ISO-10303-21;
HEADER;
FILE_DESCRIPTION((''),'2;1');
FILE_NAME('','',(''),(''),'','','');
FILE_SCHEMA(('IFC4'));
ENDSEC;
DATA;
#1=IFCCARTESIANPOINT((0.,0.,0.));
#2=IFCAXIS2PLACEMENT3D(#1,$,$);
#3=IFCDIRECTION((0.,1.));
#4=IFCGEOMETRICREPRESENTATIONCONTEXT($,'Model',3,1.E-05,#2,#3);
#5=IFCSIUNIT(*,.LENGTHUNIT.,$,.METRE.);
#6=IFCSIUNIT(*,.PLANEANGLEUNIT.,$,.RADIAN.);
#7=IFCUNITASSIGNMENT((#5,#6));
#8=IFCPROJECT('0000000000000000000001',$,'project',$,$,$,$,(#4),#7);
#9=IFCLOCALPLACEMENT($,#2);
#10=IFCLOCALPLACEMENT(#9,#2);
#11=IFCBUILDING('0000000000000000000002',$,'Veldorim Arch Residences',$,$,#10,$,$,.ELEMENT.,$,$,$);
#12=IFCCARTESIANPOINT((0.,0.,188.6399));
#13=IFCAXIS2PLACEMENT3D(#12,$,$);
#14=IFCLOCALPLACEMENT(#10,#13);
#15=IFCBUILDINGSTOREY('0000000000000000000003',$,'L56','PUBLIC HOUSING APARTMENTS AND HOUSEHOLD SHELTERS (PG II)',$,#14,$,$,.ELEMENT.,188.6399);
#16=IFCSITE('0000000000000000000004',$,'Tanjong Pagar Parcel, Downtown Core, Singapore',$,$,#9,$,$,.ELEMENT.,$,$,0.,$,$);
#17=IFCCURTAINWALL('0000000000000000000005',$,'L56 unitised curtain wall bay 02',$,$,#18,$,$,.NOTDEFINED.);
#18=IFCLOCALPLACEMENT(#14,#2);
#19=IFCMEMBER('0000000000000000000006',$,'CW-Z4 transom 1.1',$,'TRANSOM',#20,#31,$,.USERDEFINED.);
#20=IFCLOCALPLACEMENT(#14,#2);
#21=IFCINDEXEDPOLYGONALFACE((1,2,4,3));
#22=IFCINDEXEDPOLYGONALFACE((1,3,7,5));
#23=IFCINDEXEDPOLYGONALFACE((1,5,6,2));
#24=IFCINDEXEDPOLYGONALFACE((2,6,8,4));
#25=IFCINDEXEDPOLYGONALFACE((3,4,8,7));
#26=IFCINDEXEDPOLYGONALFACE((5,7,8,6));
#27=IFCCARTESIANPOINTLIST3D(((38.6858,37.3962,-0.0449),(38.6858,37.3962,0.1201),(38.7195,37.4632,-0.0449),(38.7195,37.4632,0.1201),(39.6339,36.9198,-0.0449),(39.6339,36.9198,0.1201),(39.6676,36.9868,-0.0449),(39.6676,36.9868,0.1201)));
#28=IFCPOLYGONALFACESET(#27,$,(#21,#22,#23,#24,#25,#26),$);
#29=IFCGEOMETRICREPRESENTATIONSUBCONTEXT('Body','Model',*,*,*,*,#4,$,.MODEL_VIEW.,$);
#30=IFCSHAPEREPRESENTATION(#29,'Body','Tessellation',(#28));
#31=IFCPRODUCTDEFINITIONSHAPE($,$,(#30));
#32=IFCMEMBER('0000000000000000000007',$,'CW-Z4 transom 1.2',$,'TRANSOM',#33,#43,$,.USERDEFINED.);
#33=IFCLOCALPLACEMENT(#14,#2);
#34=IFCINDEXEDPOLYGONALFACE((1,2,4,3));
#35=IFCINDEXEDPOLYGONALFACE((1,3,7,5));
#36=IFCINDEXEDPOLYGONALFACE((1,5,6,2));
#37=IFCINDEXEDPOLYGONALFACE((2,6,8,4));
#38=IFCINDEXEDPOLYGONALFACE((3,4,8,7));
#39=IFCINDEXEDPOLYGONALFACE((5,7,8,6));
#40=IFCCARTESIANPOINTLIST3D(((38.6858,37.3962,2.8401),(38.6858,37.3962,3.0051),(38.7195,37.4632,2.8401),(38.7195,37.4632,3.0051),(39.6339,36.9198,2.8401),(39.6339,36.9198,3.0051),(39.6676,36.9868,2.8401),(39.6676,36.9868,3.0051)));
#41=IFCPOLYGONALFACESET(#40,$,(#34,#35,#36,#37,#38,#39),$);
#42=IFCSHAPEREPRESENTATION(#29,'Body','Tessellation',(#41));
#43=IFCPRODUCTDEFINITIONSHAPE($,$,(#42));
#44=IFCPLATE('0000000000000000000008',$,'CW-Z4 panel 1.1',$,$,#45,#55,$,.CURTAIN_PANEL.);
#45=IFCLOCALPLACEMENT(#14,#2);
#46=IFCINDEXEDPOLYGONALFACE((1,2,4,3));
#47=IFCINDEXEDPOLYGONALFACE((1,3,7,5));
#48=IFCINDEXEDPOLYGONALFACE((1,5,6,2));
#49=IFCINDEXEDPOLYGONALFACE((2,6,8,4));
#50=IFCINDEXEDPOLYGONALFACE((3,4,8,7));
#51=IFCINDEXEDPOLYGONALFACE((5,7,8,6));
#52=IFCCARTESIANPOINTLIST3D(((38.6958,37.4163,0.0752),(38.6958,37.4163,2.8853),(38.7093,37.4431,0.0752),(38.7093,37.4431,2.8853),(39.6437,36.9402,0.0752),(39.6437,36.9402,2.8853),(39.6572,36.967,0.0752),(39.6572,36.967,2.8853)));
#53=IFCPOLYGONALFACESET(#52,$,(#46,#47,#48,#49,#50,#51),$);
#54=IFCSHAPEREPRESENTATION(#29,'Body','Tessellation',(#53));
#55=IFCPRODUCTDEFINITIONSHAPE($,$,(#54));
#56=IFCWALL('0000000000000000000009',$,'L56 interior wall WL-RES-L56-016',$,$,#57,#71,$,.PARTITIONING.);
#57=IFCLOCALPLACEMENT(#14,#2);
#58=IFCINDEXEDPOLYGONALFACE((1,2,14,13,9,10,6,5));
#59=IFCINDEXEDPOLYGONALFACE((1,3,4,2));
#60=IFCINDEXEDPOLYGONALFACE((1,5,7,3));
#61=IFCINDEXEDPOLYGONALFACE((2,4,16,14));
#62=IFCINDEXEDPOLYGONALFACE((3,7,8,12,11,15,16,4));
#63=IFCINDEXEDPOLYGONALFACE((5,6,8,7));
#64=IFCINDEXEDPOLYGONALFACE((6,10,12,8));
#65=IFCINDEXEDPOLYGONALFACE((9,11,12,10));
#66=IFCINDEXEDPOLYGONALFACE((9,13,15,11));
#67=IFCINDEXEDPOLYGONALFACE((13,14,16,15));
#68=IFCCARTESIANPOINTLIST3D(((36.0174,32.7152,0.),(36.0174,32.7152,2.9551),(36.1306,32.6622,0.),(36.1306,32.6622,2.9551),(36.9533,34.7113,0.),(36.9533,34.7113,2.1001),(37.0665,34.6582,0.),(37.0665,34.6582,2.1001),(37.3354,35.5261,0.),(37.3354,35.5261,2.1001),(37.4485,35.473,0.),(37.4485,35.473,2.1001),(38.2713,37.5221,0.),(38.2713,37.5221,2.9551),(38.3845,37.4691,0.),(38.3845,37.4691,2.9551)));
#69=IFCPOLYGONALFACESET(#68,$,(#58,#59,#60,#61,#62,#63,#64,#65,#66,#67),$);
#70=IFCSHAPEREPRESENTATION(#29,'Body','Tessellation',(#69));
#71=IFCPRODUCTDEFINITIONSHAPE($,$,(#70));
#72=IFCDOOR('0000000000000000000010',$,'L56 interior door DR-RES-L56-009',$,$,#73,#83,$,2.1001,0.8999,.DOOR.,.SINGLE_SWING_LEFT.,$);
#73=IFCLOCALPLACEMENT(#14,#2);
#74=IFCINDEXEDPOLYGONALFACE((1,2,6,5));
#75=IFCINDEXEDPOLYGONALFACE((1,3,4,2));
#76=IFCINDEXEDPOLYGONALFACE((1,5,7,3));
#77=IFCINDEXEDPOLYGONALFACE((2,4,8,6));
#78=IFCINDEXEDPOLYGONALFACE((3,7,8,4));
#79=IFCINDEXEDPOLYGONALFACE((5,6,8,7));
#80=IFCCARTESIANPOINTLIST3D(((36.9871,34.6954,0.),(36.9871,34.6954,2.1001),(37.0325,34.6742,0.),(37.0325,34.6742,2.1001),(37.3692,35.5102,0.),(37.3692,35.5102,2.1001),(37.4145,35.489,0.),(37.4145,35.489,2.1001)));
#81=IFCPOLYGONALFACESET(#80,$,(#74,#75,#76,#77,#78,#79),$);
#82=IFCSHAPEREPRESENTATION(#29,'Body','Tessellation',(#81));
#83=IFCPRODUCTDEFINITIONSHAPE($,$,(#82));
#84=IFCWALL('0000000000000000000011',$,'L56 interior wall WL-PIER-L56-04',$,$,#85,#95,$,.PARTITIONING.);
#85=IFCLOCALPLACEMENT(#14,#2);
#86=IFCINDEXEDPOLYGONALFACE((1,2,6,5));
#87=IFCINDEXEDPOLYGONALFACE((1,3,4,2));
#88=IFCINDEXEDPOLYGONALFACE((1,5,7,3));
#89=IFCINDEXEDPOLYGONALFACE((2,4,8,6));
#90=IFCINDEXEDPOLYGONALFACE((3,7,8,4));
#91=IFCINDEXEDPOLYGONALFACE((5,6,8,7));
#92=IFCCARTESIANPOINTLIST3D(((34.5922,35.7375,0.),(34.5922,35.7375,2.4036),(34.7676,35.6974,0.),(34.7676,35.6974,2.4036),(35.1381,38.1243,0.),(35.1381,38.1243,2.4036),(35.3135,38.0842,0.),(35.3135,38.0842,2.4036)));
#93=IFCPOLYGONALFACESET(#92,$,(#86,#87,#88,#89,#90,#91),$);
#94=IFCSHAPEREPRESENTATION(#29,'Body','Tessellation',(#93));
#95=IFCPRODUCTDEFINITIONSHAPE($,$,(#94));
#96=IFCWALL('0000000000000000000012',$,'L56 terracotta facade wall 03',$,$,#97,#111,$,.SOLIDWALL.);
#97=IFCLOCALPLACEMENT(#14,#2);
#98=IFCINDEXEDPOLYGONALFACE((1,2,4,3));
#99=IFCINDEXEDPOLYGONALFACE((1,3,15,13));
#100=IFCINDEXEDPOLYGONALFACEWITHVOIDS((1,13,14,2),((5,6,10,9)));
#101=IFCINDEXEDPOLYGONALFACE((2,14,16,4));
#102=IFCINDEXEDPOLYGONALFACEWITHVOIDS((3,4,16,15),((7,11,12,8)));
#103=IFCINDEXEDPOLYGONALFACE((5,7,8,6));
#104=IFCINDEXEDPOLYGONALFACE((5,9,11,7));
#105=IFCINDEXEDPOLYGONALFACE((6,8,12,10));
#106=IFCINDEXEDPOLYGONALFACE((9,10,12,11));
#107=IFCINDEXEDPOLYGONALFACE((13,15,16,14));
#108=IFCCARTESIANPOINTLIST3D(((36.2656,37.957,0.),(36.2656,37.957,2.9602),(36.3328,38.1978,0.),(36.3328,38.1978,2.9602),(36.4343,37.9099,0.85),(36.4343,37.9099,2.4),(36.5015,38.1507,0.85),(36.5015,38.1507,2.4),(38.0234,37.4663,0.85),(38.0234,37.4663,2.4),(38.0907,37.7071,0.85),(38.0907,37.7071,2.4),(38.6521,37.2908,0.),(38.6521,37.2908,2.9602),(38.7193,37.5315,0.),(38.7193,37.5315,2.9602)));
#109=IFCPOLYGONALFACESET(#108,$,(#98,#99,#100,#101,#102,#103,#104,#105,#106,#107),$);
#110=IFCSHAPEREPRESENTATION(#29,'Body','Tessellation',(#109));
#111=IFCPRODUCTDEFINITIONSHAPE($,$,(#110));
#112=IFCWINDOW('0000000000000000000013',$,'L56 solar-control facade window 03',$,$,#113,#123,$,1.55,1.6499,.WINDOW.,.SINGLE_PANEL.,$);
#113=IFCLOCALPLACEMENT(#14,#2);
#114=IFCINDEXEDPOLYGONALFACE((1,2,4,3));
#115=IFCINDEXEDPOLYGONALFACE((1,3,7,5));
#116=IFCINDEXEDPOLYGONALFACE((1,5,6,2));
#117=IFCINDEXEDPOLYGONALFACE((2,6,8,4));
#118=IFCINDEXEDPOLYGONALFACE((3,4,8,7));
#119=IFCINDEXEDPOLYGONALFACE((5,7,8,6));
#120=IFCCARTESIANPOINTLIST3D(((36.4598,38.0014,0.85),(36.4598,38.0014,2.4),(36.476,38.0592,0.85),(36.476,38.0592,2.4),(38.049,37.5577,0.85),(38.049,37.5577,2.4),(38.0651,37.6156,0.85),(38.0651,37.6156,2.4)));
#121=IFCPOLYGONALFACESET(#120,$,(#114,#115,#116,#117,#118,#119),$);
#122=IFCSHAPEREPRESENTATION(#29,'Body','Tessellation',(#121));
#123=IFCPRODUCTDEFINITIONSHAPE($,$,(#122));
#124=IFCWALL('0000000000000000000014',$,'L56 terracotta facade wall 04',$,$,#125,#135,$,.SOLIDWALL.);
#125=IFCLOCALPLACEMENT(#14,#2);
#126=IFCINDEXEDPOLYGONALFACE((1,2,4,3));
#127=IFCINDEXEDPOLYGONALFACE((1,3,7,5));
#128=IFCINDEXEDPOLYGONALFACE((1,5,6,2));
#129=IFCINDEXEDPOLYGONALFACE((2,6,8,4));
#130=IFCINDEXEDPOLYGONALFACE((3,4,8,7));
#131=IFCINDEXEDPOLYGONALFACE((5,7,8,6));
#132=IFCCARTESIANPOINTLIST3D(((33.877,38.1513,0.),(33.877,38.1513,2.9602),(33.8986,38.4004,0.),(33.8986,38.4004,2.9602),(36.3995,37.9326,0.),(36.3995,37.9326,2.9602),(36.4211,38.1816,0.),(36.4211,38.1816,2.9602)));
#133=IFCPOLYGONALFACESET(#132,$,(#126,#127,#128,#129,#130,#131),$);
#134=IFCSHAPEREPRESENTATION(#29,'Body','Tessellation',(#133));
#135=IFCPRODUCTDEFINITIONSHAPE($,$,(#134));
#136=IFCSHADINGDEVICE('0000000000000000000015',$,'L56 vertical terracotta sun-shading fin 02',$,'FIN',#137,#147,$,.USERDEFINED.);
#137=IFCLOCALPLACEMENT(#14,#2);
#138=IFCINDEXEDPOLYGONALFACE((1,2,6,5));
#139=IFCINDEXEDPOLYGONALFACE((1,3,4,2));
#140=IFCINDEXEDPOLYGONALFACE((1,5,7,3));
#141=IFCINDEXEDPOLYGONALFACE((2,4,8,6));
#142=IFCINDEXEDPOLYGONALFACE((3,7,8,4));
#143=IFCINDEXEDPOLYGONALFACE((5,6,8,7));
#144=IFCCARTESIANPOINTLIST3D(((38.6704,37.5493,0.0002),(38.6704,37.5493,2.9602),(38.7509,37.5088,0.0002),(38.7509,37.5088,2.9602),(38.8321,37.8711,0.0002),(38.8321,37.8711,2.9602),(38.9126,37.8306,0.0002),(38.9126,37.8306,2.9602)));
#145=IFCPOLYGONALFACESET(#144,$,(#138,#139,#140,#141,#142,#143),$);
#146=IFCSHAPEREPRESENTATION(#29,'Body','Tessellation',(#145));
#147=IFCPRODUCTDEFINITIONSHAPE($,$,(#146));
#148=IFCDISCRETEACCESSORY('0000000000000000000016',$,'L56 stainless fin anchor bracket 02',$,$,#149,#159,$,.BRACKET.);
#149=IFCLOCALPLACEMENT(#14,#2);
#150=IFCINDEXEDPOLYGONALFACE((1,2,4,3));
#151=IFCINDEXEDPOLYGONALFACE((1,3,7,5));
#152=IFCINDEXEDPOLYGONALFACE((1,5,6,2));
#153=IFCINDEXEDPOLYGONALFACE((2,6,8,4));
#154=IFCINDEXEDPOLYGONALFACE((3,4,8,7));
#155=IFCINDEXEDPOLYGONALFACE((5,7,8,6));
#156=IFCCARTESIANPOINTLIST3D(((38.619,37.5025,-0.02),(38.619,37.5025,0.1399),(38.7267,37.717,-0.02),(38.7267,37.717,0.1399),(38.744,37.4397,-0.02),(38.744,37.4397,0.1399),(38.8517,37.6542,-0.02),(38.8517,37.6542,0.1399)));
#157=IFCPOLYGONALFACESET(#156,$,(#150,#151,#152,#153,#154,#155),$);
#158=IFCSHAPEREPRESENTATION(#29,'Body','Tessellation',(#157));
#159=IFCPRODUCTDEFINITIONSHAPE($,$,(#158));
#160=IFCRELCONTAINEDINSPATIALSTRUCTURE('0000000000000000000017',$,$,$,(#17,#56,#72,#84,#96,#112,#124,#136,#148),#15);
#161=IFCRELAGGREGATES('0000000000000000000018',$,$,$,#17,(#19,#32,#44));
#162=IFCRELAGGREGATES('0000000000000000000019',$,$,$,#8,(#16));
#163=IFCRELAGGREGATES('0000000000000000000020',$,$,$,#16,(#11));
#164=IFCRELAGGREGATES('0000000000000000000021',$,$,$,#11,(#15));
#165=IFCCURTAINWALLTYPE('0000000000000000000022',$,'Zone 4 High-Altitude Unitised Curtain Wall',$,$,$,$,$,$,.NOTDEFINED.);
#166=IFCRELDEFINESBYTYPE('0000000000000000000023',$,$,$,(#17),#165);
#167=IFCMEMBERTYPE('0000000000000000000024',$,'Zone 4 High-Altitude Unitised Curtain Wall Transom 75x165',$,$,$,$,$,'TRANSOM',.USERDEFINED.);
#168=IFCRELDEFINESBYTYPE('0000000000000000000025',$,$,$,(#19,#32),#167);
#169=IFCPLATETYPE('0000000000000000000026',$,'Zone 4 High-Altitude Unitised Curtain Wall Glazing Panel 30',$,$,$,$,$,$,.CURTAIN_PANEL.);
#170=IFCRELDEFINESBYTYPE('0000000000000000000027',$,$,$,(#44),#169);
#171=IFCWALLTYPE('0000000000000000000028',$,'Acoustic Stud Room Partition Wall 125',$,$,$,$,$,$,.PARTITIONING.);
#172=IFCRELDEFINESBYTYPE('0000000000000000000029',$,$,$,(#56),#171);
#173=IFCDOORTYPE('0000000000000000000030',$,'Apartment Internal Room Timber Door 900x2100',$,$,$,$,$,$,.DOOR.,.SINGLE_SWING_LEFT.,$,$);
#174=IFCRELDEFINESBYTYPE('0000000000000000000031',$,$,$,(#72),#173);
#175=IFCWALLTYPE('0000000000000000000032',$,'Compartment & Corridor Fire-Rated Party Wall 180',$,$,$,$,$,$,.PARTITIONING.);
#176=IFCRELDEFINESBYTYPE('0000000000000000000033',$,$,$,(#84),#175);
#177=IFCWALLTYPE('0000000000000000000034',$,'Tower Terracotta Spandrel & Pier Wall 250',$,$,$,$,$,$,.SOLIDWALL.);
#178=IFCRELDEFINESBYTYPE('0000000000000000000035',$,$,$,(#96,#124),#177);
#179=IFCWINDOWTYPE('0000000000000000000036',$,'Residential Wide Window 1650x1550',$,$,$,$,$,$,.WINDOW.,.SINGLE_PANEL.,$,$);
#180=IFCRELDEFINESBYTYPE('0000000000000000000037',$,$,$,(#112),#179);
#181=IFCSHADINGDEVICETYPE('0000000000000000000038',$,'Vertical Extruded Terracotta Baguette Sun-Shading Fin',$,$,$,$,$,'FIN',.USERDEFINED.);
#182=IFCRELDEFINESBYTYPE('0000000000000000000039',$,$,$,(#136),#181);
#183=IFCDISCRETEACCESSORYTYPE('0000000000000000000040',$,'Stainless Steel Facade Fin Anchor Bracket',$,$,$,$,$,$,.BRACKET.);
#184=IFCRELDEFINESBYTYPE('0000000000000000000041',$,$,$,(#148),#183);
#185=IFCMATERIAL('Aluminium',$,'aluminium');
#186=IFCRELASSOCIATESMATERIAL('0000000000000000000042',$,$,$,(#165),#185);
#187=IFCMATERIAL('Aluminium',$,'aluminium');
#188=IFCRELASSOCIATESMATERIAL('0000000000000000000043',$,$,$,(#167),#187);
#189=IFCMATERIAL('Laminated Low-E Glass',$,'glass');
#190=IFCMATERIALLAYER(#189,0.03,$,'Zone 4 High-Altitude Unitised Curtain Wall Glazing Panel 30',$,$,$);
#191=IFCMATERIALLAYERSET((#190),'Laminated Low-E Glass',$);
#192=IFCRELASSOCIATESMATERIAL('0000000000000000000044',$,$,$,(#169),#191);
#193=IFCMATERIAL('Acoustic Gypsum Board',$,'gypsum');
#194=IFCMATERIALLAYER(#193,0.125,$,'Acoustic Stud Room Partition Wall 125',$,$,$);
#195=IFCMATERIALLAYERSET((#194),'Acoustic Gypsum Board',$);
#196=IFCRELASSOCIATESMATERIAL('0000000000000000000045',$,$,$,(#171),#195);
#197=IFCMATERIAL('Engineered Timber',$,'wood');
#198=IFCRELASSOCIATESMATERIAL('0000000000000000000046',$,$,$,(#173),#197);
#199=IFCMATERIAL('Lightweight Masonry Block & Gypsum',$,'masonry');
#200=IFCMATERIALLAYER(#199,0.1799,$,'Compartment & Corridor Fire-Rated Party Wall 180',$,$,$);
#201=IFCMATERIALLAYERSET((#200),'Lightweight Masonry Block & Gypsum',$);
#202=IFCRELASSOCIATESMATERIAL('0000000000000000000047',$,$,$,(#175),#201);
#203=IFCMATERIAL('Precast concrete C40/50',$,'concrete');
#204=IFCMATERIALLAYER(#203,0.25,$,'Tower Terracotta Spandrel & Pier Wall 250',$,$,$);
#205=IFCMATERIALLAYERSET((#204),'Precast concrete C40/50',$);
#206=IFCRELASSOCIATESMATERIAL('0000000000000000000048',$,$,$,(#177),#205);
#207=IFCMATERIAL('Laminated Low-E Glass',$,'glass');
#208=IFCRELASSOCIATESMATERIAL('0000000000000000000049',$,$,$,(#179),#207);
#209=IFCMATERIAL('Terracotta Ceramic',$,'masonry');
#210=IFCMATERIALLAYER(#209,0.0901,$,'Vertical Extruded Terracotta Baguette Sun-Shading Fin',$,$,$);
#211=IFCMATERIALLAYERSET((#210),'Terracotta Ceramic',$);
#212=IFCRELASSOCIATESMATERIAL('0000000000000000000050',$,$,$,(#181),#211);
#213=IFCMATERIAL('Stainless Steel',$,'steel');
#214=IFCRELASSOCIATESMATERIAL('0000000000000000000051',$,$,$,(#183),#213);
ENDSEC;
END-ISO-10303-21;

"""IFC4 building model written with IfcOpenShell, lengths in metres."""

from ifc_helpers import new_model, si_unit, direction, frame, frame_2d, origin, origin_2d, place, context, subcontext, project, spatial, rectangle, extrude, material, layer, layer_set, material_profile, profile_set, type_object, element, fill, aggregate, save


model = new_model("IFC4")

# Units and contexts
model_context = context("Model", 3, precision=1e-05, world=origin(), true_north=direction((0.0, 1.0)))
body_context = subcontext(model_context, "Body", "Model", "MODEL_VIEW")
ifc_project = project(units=[si_unit("LENGTHUNIT", "METRE"), si_unit("PLANEANGLEUNIT", "RADIAN")], contexts=[model_context])

# Site, building, storey
site_placement = place(None, origin())
site = spatial("IfcSite", under=ifc_project, at=site_placement, Name="Tanjong Pagar Parcel, Downtown Core, Singapore", CompositionType="ELEMENT", RefElevation=0.0)
building_placement = place(site_placement, origin())
building = spatial("IfcBuilding", under=site, at=building_placement, Name="Veldorim Arch Residences", CompositionType="ELEMENT")
storey_placement = place(building_placement, frame((0.0, 0.0, 188.6399)))
storey = spatial("IfcBuildingStorey", under=building, at=storey_placement, Name="L56", Description="PUBLIC HOUSING APARTMENTS AND HOUSEHOLD SHELTERS (PG II)", CompositionType="ELEMENT", Elevation=188.6399)

# Curtain wall, members, plate
ifc_material_1 = material(Name="Aluminium", Category="aluminium")
curtain_wall_type = type_object("IfcCurtainWallType", Name="Zone 4 High-Altitude Unitised Curtain Wall", PredefinedType="NOTDEFINED", material=ifc_material_1)
curtain_wall_placement = place(storey_placement, origin())
curtain_wall = element("IfcCurtainWall", 1, at=curtain_wall_placement, inside=storey, type_object=curtain_wall_type, Name="L56 unitised curtain wall bay 02", PredefinedType="NOTDEFINED")
ifc_material_2 = material(Name="Aluminium", Category="aluminium")
ifc_material_profile_1 = material_profile(ifc_material_2, rectangle(XDim=0.075, YDim=0.165, at=origin_2d()), Name="ALU_TRN_75x165")
ifc_profile_set_1 = profile_set([ifc_material_profile_1], Name="Aluminium")
member_type_1 = type_object("IfcMemberType", Name="Zone 4 High-Altitude Unitised Curtain Wall Transom 75x165", ElementType="TRANSOM", PredefinedType="USERDEFINED", material=ifc_profile_set_1)
member_1_placement = place(storey_placement, frame((38.7026, 37.4297, 0.0376), z_axis=(0.893551, -0.448962, 0.0), x_axis=(0.448962, 0.893551, 0.0)))
member_1 = element("IfcMember", 2, at=member_1_placement, type_object=member_type_1, Name="CW-Z4 transom 1.1", ObjectType="TRANSOM", PredefinedType="USERDEFINED", context=body_context, shape_type="SweptSolid", body=[
    extrude(rectangle(XDim=0.075, YDim=0.165, at=origin_2d()), origin(), (0.0, 0.0, 1.0), 1.061),
])
member_2_placement = place(storey_placement, frame((38.7026, 37.4297, 2.9226), z_axis=(0.893551, -0.448962, 0.0), x_axis=(0.448962, 0.893551, 0.0)))
member_2 = element("IfcMember", 3, at=member_2_placement, type_object=member_type_1, Name="CW-Z4 transom 1.2", ObjectType="TRANSOM", PredefinedType="USERDEFINED", context=body_context, shape_type="SweptSolid", body=[
    extrude(rectangle(XDim=0.075, YDim=0.165, at=origin_2d()), origin(), (0.0, 0.0, 1.0), 1.061),
])
ifc_material_3 = material(Name="Laminated Low-E Glass", Category="glass")
ifc_layer_1 = layer(ifc_material_3, 0.03, Name="Zone 4 High-Altitude Unitised Curtain Wall Glazing Panel 30")
ifc_layer_set_1 = layer_set([ifc_layer_1], Name="Laminated Low-E Glass")
plate_type = type_object("IfcPlateType", Name="Zone 4 High-Altitude Unitised Curtain Wall Glazing Panel 30", PredefinedType="CURTAIN_PANEL", material=ifc_layer_set_1)
plate_placement = place(storey_placement, frame((39.1765, 37.1917, 0.0752), z_axis=(0.0, 0.0, 1.0), x_axis=(0.893599, -0.448866, 0.0)))
plate = element("IfcPlate", 4, at=plate_placement, type_object=plate_type, Name="CW-Z4 panel 1.1", PredefinedType="CURTAIN_PANEL", context=body_context, shape_type="SweptSolid", body=[
    extrude(rectangle(XDim=1.0608, YDim=0.03, at=origin_2d()), origin(), (0.0, 0.0, 1.0), 2.8101),
])
aggregate(curtain_wall, [member_1, member_2, plate])

# Wall, opening, door
ifc_material_4 = material(Name="Acoustic Gypsum Board", Category="gypsum")
ifc_layer_2 = layer(ifc_material_4, 0.125, Name="Acoustic Stud Room Partition Wall 125")
ifc_layer_set_2 = layer_set([ifc_layer_2], Name="Acoustic Gypsum Board")
wall_type_1 = type_object("IfcWallType", Name="Acoustic Stud Room Partition Wall 125", PredefinedType="PARTITIONING", material=ifc_layer_set_2)
wall_1_placement = place(storey_placement, frame((38.3279, 37.4956, 0.0), z_axis=(0.0, 0.0, 1.0), x_axis=(-0.424539, -0.90541, 0.0)))
wall_1 = element("IfcWall", 5, at=wall_1_placement, inside=storey, type_object=wall_type_1, Name="L56 interior wall WL-RES-L56-016", PredefinedType="PARTITIONING", context=body_context, shape_type="SweptSolid", body=[
    extrude(rectangle(XDim=5.3091, YDim=0.125, at=frame_2d((2.6545, 0.0))), origin(), (0.0, 0.0, 1.0), 2.9551),
])
opening_1_placement = place(wall_1_placement, frame((2.2046, 0.0, 0.0)))
opening_1 = element("IfcOpeningElement", 6, at=opening_1_placement, cuts=wall_1, PredefinedType="OPENING", context=body_context, shape_type="SweptSolid", body=[
    extrude(rectangle(XDim=0.8999, YDim=2.1001, at=frame_2d((0.45, 1.05))), frame((0.0, 0.0725, 0.0), z_axis=(0.0, -1.0, 0.0), x_axis=(1.0, 0.0, 0.0)), (0.0, 0.0, 1.0), 0.145),
])
ifc_material_5 = material(Name="Engineered Timber", Category="wood")
door_type = type_object("IfcDoorType", Name="Apartment Internal Room Timber Door 900x2100", OperationType="SINGLE_SWING_LEFT", PredefinedType="DOOR", material=ifc_material_5)
door_placement = place(opening_1_placement, origin())
door = element("IfcDoor", 7, at=door_placement, inside=storey, type_object=door_type, Name="L56 interior door DR-RES-L56-009", OperationType="SINGLE_SWING_LEFT", OverallHeight=2.1001, OverallWidth=0.8999, PredefinedType="DOOR", context=body_context, shape_type="SweptSolid", body=[
    extrude(rectangle(XDim=0.8999, YDim=2.1001, at=frame_2d((0.45, 1.05))), frame((0.0, 0.0249, 0.0), z_axis=(0.0, -1.0, 0.0), x_axis=(1.0, 0.0, 0.0)), (0.0, 0.0, 1.0), 0.05),
])
fill(opening_1, door)

# Wall
ifc_material_6 = material(Name="Lightweight Masonry Block & Gypsum", Category="masonry")
ifc_layer_3 = layer(ifc_material_6, 0.1799, Name="Compartment & Corridor Fire-Rated Party Wall 180")
ifc_layer_set_3 = layer_set([ifc_layer_3], Name="Lightweight Masonry Block & Gypsum")
wall_type_2 = type_object("IfcWallType", Name="Compartment & Corridor Fire-Rated Party Wall 180", PredefinedType="PARTITIONING", material=ifc_layer_set_3)
wall_2_placement = place(storey_placement, frame((34.6799, 35.7175, 0.0), z_axis=(0.0, 0.0, 1.0), x_axis=(0.222944, 0.974831, 0.0)))
element("IfcWall", 8, at=wall_2_placement, inside=storey, type_object=wall_type_2, Name="L56 interior wall WL-PIER-L56-04", PredefinedType="PARTITIONING", context=body_context, shape_type="SweptSolid", body=[
    extrude(rectangle(XDim=2.4485, YDim=0.1799, at=frame_2d((1.2241, 0.0))), origin(), (0.0, 0.0, 1.0), 2.4036),
])

# Wall, opening, window
ifc_material_7 = material(Name="Precast concrete C40/50", Category="concrete")
ifc_layer_4 = layer(ifc_material_7, 0.25, Name="Tower Terracotta Spandrel & Pier Wall 250")
ifc_layer_set_4 = layer_set([ifc_layer_4], Name="Precast concrete C40/50")
wall_type_3 = type_object("IfcWallType", Name="Tower Terracotta Spandrel & Pier Wall 250", PredefinedType="SOLIDWALL", material=ifc_layer_set_4)
wall_3_placement = place(storey_placement, frame((36.2993, 38.0774, 0.0), z_axis=(0.0, 0.0, 1.0), x_axis=(0.963168, -0.268899, 0.0)))
wall_3 = element("IfcWall", 9, at=wall_3_placement, inside=storey, type_object=wall_type_3, Name="L56 terracotta facade wall 03", PredefinedType="SOLIDWALL", context=body_context, shape_type="SweptSolid", body=[
    extrude(rectangle(XDim=2.4778, YDim=0.25, at=frame_2d((1.2388, 0.0))), origin(), (0.0, 0.0, 1.0), 2.9602),
])
opening_2_placement = place(wall_3_placement, frame((0.175, 0.0, 0.8501)))
opening_2 = element("IfcOpeningElement", 10, at=opening_2_placement, cuts=wall_3, PredefinedType="OPENING", context=body_context, shape_type="SweptSolid", body=[
    extrude(rectangle(XDim=1.6499, YDim=1.55, at=frame_2d((0.825, 0.7749))), frame((0.0, 0.135, 0.0), z_axis=(0.0, -1.0, 0.0), x_axis=(1.0, 0.0, 0.0)), (0.0, 0.0, 1.0), 0.27),
])
ifc_material_8 = material(Name="Laminated Low-E Glass", Category="glass")
window_type = type_object("IfcWindowType", Name="Residential Wide Window 1650x1550", PartitioningType="SINGLE_PANEL", PredefinedType="WINDOW", material=ifc_material_8)
window_placement = place(opening_2_placement, origin())
window = element("IfcWindow", 11, at=window_placement, inside=storey, type_object=window_type, Name="L56 solar-control facade window 03", OverallHeight=1.55, OverallWidth=1.6499, PartitioningType="SINGLE_PANEL", PredefinedType="WINDOW", context=body_context, shape_type="SweptSolid", body=[
    extrude(rectangle(XDim=1.6499, YDim=1.55, at=frame_2d((0.825, 0.7749))), frame((0.0, 0.03, 0.0), z_axis=(0.0, -1.0, 0.0), x_axis=(1.0, 0.0, 0.0)), (0.0, 0.0, 1.0), 0.0601),
])
fill(opening_2, window)

# Wall
wall_4_placement = place(storey_placement, frame((33.8877, 38.2759, 0.0), z_axis=(0.0, 0.0, 1.0), x_axis=(0.996261, -0.086397, 0.0)))
element("IfcWall", 12, at=wall_4_placement, inside=storey, type_object=wall_type_3, Name="L56 terracotta facade wall 04", PredefinedType="SOLIDWALL", context=body_context, shape_type="SweptSolid", body=[
    extrude(rectangle(XDim=2.532, YDim=0.25, at=frame_2d((1.2661, 0.0))), origin(), (0.0, 0.0, 1.0), 2.9602),
])

# Shading device
ifc_material_9 = material(Name="Terracotta Ceramic", Category="masonry")
ifc_layer_5 = layer(ifc_material_9, 0.0901, Name="Vertical Extruded Terracotta Baguette Sun-Shading Fin")
ifc_layer_set_5 = layer_set([ifc_layer_5], Name="Terracotta Ceramic")
shading_device_type = type_object("IfcShadingDeviceType", Name="Vertical Extruded Terracotta Baguette Sun-Shading Fin", ElementType="FIN", PredefinedType="USERDEFINED", material=ifc_layer_set_5)
shading_device_placement = place(storey_placement, frame((38.7915, 37.6899, 0.0002), z_axis=(0.0, 0.0, 1.0), x_axis=(0.893607, -0.448851, 0.0)))
element("IfcShadingDevice", 13, at=shading_device_placement, inside=storey, type_object=shading_device_type, Name="L56 vertical terracotta sun-shading fin 02", ObjectType="FIN", PredefinedType="USERDEFINED", context=body_context, shape_type="SweptSolid", body=[
    extrude(rectangle(XDim=0.0901, YDim=0.3601, at=origin_2d()), origin(), (0.0, 0.0, 1.0), 2.96),
])

# Discrete accessory
ifc_material_10 = material(Name="Stainless Steel", Category="steel")
discrete_accessory_type = type_object("IfcDiscreteAccessoryType", Name="Stainless Steel Facade Fin Anchor Bracket", PredefinedType="BRACKET", material=ifc_material_10)
discrete_accessory_placement = place(storey_placement, frame((38.7354, 37.5784, -0.02), z_axis=(0.0, 0.0, 1.0), x_axis=(0.893607, -0.448851, 0.0)))
element("IfcDiscreteAccessory", 14, at=discrete_accessory_placement, inside=storey, type_object=discrete_accessory_type, Name="L56 stainless fin anchor bracket 02", PredefinedType="BRACKET", context=body_context, shape_type="SweptSolid", body=[
    extrude(rectangle(XDim=0.1399, YDim=0.24, at=origin_2d()), origin(), (0.0, 0.0, 1.0), 0.1599),
])

save(model, "model.ifc")
